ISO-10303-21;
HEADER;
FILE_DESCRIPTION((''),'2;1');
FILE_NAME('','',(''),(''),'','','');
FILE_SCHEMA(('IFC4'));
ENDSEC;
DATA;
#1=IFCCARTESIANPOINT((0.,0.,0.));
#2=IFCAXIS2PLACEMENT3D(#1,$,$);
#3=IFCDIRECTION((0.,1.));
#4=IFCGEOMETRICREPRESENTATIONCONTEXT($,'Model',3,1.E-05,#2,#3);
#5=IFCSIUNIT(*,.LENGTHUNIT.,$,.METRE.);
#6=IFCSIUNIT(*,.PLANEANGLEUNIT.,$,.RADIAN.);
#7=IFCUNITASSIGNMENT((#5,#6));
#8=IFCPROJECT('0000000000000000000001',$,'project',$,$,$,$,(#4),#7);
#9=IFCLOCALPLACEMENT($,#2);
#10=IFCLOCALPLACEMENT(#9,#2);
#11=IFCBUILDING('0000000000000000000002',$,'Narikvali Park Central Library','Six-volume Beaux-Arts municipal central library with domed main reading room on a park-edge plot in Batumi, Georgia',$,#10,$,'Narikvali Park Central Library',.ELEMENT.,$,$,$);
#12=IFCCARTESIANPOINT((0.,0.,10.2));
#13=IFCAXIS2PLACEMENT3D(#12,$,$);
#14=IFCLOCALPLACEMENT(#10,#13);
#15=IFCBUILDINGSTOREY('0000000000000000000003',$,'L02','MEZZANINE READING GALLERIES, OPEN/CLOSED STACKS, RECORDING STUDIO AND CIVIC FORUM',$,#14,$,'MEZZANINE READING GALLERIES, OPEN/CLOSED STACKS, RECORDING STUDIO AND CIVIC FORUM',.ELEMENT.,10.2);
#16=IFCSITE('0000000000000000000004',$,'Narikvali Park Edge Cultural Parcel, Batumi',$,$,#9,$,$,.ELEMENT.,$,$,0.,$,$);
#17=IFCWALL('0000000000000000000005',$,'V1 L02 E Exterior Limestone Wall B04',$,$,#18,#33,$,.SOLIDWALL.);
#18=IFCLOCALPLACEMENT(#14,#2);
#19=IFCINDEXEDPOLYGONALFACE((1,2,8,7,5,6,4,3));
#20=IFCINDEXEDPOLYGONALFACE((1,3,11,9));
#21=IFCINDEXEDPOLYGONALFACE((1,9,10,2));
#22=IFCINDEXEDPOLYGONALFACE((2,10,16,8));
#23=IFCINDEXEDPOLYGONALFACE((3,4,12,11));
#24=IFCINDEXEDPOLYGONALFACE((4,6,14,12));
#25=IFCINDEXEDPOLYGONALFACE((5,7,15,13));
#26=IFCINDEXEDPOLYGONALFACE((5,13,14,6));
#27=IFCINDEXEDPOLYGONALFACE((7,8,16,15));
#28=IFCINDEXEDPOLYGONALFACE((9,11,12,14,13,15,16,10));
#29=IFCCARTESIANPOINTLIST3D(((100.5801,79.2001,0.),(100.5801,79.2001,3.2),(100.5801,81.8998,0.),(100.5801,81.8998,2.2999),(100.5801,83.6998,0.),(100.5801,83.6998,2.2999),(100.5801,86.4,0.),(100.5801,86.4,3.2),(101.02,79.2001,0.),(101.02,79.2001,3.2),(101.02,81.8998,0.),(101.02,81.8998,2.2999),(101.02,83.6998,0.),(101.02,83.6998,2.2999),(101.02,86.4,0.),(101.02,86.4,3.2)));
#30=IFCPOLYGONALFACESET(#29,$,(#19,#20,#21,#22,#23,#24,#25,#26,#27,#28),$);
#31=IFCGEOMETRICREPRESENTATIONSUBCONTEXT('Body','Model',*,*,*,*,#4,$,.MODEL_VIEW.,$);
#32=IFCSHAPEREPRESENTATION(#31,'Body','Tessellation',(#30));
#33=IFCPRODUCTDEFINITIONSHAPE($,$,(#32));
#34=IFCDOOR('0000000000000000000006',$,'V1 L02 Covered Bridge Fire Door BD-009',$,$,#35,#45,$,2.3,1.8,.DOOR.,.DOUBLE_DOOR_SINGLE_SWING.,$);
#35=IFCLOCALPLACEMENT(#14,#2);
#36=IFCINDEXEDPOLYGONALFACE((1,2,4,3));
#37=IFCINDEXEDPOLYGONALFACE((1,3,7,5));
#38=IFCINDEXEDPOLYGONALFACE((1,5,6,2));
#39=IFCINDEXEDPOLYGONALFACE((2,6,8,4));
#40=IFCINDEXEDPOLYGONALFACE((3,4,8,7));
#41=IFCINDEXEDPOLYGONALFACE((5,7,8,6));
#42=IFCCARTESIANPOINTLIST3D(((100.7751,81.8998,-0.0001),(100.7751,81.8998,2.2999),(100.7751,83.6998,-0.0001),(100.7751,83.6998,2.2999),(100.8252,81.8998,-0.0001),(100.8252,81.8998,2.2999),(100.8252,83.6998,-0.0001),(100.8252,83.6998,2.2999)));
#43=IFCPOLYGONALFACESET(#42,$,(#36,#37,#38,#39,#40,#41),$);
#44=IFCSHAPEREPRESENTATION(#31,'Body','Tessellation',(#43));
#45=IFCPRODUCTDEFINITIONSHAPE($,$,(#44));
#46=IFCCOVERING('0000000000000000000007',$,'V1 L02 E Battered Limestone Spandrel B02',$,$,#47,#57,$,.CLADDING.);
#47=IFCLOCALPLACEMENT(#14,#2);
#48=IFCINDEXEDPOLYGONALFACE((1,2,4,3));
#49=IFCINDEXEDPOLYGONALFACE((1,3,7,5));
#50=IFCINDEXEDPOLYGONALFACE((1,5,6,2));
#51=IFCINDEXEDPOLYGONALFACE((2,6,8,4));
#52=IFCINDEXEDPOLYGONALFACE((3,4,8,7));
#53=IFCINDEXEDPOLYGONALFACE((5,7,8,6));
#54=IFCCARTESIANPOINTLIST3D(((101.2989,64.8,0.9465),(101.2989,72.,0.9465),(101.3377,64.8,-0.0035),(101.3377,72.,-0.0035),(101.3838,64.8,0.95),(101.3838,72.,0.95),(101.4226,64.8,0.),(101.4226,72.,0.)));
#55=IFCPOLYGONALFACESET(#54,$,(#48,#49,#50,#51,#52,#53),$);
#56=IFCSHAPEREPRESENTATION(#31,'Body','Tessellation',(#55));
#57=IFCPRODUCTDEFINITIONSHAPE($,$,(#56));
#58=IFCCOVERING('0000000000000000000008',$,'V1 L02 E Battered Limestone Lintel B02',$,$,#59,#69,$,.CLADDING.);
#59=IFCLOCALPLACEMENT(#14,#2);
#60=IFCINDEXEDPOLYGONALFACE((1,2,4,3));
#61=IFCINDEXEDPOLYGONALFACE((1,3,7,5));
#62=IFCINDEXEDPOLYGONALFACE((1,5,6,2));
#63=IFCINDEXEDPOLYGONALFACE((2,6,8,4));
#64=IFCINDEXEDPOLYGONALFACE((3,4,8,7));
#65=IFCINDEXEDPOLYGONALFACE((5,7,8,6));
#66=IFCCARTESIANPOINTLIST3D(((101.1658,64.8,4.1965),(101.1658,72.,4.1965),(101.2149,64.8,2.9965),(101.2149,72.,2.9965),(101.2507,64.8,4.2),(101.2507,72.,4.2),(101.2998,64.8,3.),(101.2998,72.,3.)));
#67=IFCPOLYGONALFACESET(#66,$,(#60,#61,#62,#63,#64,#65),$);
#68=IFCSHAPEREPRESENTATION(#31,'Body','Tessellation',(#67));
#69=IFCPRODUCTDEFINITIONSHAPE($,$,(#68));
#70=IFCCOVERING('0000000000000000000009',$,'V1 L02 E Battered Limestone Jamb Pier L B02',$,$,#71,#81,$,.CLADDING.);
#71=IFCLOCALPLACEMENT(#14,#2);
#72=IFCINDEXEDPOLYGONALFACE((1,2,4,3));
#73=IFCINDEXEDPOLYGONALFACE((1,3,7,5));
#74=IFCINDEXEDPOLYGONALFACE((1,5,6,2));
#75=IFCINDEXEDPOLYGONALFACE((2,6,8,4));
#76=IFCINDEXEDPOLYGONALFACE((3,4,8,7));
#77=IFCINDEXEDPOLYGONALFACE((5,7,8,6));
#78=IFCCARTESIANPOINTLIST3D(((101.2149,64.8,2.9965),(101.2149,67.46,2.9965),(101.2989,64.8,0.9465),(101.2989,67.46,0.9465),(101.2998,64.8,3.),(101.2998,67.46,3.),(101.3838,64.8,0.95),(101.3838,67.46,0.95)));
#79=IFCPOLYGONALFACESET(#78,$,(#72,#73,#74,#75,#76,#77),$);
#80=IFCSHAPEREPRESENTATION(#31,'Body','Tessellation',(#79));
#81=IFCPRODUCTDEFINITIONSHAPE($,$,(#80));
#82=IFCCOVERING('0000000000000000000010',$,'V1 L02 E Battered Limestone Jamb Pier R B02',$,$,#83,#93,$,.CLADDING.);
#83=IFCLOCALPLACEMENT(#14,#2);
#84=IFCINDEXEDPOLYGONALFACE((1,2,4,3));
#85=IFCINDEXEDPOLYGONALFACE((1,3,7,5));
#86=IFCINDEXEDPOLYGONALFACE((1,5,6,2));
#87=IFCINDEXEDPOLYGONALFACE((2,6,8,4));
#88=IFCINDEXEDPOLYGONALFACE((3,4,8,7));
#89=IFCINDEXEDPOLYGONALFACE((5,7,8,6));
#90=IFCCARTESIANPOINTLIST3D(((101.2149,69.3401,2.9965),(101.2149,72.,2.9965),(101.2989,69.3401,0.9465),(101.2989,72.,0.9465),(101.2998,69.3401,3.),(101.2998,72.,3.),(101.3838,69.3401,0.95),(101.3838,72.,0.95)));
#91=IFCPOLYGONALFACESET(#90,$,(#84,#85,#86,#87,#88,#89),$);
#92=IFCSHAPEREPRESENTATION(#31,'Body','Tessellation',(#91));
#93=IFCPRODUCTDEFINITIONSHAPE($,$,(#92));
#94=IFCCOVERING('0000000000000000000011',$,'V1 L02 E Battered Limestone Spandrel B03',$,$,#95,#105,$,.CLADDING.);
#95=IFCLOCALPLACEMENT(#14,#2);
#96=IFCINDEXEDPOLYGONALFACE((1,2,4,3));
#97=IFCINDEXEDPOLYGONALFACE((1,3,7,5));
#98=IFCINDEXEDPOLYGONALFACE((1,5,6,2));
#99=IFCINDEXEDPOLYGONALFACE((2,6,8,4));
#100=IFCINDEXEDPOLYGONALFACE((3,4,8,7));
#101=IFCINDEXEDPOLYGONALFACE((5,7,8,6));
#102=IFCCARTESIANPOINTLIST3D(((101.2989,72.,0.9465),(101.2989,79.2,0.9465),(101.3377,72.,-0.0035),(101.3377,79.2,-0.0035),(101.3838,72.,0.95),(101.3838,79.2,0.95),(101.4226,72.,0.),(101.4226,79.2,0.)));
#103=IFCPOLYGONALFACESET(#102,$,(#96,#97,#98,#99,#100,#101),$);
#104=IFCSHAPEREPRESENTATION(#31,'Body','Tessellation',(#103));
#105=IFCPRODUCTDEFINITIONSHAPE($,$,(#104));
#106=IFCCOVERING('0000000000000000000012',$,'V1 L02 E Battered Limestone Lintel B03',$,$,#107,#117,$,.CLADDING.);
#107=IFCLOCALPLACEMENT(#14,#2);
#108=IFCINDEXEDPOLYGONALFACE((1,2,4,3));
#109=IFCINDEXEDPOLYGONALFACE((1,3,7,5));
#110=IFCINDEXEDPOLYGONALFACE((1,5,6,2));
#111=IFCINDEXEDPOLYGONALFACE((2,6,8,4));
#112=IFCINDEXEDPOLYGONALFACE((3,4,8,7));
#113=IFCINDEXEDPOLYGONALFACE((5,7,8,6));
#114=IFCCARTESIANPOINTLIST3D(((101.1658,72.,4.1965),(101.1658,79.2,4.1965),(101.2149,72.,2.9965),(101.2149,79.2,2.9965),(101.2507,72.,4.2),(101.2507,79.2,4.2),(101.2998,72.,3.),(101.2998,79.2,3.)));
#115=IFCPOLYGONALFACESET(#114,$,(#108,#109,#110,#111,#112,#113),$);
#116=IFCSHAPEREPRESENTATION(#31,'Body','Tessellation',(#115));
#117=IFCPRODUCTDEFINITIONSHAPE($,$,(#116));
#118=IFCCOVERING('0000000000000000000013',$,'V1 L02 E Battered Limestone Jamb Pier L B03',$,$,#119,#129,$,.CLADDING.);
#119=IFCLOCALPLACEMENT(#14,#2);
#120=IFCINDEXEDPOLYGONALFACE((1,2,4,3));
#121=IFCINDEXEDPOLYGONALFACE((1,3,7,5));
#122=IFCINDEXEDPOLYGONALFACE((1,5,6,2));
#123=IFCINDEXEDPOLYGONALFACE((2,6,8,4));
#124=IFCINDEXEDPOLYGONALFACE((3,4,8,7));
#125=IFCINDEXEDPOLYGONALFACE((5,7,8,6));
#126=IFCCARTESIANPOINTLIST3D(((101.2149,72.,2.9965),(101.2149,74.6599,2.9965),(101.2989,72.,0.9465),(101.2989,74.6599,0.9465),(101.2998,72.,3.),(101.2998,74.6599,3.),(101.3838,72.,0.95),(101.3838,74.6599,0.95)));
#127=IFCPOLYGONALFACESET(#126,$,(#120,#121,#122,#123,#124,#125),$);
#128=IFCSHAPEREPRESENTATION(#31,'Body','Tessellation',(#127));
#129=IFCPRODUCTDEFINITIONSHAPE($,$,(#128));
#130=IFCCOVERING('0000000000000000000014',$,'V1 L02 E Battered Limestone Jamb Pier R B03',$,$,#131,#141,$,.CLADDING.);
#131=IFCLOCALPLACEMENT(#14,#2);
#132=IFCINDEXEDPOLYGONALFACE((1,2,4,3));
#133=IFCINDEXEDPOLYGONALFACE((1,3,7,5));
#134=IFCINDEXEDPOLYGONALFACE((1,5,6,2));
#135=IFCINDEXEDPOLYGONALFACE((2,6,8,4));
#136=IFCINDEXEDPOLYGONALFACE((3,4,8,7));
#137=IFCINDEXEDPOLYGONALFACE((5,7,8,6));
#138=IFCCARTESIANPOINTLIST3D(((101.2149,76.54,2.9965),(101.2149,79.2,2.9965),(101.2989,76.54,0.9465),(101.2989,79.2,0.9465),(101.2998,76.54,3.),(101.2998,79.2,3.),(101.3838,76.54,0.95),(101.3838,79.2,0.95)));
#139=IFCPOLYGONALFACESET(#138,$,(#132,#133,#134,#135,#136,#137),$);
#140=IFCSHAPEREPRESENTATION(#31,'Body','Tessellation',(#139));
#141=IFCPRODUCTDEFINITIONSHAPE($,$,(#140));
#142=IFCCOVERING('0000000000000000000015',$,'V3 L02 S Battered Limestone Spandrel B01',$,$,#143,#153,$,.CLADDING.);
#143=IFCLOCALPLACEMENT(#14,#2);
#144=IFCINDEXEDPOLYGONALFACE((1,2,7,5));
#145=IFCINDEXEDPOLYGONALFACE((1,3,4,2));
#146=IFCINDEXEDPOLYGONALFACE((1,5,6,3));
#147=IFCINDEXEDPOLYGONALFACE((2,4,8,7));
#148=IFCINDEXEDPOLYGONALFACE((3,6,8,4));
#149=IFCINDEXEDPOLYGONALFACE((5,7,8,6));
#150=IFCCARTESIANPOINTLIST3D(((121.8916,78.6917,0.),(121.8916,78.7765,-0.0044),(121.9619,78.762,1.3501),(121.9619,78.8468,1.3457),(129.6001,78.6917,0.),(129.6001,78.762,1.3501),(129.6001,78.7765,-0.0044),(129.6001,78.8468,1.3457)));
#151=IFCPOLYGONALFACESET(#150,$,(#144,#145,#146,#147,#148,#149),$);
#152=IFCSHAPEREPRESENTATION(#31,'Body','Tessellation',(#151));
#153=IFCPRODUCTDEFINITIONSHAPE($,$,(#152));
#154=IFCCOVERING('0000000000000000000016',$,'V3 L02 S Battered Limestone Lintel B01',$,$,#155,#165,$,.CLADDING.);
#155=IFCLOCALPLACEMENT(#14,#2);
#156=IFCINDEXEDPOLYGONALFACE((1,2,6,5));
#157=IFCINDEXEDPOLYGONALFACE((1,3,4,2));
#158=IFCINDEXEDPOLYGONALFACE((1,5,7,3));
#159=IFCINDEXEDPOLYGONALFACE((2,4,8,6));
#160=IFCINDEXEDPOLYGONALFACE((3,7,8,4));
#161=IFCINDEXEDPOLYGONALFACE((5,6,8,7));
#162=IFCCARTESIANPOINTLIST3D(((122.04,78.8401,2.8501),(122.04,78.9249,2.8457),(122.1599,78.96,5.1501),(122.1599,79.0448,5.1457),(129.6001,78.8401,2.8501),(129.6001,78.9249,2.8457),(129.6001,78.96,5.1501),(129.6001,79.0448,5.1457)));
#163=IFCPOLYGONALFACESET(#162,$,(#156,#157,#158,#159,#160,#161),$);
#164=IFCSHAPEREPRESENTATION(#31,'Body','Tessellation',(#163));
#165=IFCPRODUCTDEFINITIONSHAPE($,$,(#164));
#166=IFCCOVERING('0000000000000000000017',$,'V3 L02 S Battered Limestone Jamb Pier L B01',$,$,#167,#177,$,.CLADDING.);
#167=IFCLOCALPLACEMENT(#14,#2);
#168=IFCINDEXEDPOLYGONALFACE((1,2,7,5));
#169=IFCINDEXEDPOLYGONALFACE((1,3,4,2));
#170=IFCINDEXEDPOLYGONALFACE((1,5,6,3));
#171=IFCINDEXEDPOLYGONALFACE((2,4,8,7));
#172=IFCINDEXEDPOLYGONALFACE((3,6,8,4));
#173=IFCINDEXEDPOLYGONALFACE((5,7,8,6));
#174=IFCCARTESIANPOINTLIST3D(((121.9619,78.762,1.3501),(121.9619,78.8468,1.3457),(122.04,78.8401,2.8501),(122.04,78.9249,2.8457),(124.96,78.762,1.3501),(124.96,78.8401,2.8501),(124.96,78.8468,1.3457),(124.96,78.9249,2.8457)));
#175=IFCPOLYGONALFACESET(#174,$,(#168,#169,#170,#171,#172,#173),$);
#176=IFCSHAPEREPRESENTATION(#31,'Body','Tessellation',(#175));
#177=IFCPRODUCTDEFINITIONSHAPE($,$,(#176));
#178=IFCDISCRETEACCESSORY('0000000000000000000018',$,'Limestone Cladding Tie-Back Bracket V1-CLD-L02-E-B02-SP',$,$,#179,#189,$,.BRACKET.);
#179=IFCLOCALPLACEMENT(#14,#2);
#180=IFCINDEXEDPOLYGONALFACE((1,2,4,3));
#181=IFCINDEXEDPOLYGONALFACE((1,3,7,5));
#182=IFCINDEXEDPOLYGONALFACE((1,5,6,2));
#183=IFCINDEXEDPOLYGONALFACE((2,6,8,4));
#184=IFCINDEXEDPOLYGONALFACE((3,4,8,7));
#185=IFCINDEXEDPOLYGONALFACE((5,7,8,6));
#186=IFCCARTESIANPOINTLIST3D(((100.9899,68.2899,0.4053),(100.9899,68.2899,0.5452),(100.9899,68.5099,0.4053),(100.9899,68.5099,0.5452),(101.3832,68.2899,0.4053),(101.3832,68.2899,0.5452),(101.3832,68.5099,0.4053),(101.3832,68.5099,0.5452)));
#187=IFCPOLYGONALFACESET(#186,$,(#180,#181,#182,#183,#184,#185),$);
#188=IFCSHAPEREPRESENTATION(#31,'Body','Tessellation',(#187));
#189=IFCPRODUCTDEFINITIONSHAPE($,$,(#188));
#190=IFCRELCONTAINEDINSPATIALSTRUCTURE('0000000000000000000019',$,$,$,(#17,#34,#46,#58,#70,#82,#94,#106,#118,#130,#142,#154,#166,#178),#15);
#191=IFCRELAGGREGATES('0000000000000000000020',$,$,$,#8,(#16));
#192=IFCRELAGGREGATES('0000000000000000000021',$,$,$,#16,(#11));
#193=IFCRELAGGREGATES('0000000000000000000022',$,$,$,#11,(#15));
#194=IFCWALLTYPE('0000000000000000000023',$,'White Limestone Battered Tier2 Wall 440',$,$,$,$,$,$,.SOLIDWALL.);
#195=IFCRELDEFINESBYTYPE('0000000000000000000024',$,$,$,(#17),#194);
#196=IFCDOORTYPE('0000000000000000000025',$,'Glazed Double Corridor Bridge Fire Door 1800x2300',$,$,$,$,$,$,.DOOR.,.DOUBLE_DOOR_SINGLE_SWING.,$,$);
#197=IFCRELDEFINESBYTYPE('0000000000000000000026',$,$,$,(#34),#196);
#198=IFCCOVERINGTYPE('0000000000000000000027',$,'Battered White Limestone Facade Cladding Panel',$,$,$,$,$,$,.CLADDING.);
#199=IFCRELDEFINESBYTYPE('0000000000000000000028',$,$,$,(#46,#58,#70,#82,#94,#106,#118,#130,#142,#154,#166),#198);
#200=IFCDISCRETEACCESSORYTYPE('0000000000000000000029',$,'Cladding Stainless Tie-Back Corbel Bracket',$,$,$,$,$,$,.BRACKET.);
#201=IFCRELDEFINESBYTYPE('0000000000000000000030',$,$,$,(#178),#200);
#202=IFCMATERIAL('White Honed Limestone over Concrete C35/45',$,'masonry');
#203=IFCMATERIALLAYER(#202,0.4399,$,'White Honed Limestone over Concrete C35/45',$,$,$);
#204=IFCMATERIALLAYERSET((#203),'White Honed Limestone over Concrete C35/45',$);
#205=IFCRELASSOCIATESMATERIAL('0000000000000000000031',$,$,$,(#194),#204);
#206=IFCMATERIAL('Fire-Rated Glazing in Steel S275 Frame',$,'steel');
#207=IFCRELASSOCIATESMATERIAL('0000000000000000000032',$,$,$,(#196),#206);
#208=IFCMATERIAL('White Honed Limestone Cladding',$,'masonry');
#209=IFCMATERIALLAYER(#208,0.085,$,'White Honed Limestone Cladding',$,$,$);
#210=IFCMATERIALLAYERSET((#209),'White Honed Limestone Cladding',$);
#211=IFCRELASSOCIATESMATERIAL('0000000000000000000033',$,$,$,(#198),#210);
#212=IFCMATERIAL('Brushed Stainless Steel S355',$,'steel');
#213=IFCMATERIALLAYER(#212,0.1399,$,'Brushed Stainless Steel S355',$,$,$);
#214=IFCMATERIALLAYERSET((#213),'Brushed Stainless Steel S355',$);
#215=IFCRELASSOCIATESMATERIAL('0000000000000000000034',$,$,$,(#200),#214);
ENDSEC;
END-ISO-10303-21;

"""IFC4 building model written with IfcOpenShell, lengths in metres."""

from ifc_helpers import new_model, si_unit, direction, frame, frame_2d, origin, origin_2d, place, context, subcontext, project, spatial, polyline, rectangle, outline, extrude, material, layer, layer_set, type_object, element, fill, save


model = new_model("IFC4")

# Units and contexts
model_context = context("Model", 3, precision=1e-05, world=origin(), true_north=direction((0.0, 1.0)))
body_context = subcontext(model_context, "Body", "Model", "MODEL_VIEW")
ifc_project = project(units=[si_unit("LENGTHUNIT", "METRE"), si_unit("PLANEANGLEUNIT", "RADIAN")], contexts=[model_context])

# Site, building, storey
site_placement = place(None, origin())
site = spatial("IfcSite", under=ifc_project, at=site_placement, Name="Narikvali Park Edge Cultural Parcel, Batumi", CompositionType="ELEMENT", RefElevation=0.0)
building_placement = place(site_placement, origin())
building = spatial("IfcBuilding", under=site, at=building_placement, Name="Narikvali Park Central Library", Description="Six-volume Beaux-Arts municipal central library with domed main reading room on a park-edge plot in Batumi, Georgia", LongName="Narikvali Park Central Library", CompositionType="ELEMENT")
storey_placement = place(building_placement, frame((0.0, 0.0, 10.2)))
storey = spatial("IfcBuildingStorey", under=building, at=storey_placement, Name="L02", Description="MEZZANINE READING GALLERIES, OPEN/CLOSED STACKS, RECORDING STUDIO AND CIVIC FORUM", LongName="MEZZANINE READING GALLERIES, OPEN/CLOSED STACKS, RECORDING STUDIO AND CIVIC FORUM", CompositionType="ELEMENT", Elevation=10.2)

# Wall, opening, door
ifc_material_1 = material(Name="White Honed Limestone over Concrete C35/45", Category="masonry")
ifc_layer_1 = layer(ifc_material_1, 0.4399, Name="White Honed Limestone over Concrete C35/45")
ifc_layer_set_1 = layer_set([ifc_layer_1], Name="White Honed Limestone over Concrete C35/45")
wall_type = type_object("IfcWallType", Name="White Limestone Battered Tier2 Wall 440", PredefinedType="SOLIDWALL", material=ifc_layer_set_1)
wall_placement = place(storey_placement, frame((100.8, 79.2, 0.0), z_axis=(0.0, 0.0, 1.0), x_axis=(0.0, 1.0, 0.0)))
wall = element("IfcWall", 1, at=wall_placement, inside=storey, type_object=wall_type, Name="V1 L02 E Exterior Limestone Wall B04", PredefinedType="SOLIDWALL", context=body_context, shape_type="SweptSolid", body=[
    extrude(rectangle(XDim=7.2, YDim=0.4399, at=frame_2d((3.6001, 0.0))), origin(), (0.0, 0.0, 1.0), 3.2),
])
opening_placement = place(wall_placement, frame((2.7, 0.0, 0.0)))
opening = element("IfcOpeningElement", 2, at=opening_placement, cuts=wall, PredefinedType="OPENING", context=body_context, shape_type="SweptSolid", body=[
    extrude(rectangle(XDim=1.8, YDim=2.3, at=frame_2d((0.8999, 1.1499))), frame((0.0, 0.2319, 0.0), z_axis=(0.0, -1.0, 0.0), x_axis=(1.0, 0.0, 0.0)), (0.0, 0.0, 1.0), 0.4639),
])
ifc_material_2 = material(Name="Fire-Rated Glazing in Steel S275 Frame", Category="steel")
door_type = type_object("IfcDoorType", Name="Glazed Double Corridor Bridge Fire Door 1800x2300", OperationType="DOUBLE_DOOR_SINGLE_SWING", PredefinedType="DOOR", material=ifc_material_2)
door_placement = place(opening_placement, origin())
door = element("IfcDoor", 3, at=door_placement, inside=storey, type_object=door_type, Name="V1 L02 Covered Bridge Fire Door BD-009", OperationType="DOUBLE_DOOR_SINGLE_SWING", OverallHeight=2.3, OverallWidth=1.8, PredefinedType="DOOR", context=body_context, shape_type="SweptSolid", body=[
    extrude(rectangle(XDim=1.8, YDim=2.3, at=frame_2d((0.8999, 1.1499))), frame((0.0, 0.0249, 0.0), z_axis=(0.0, -1.0, 0.0), x_axis=(1.0, 0.0, 0.0)), (0.0, 0.0, 1.0), 0.05),
])
fill(opening, door)

# Coverings
ifc_material_3 = material(Name="White Honed Limestone Cladding", Category="masonry")
ifc_layer_2 = layer(ifc_material_3, 0.085, Name="White Honed Limestone Cladding")
ifc_layer_set_2 = layer_set([ifc_layer_2], Name="White Honed Limestone Cladding")
covering_type = type_object("IfcCoveringType", Name="Battered White Limestone Facade Cladding Panel", PredefinedType="CLADDING", material=ifc_layer_set_2)
covering_1_placement = place(storey_placement, frame((101.4226, 64.8, 0.0), z_axis=(0.999166, 0.0, 0.040829), x_axis=(0.0, 1.0, 0.0)))
element("IfcCovering", 4, at=covering_1_placement, inside=storey, type_object=covering_type, Name="V1 L02 E Battered Limestone Spandrel B02", PredefinedType="CLADDING", context=body_context, shape_type="SweptSolid", body=[
    extrude(outline(polyline([(0.0, 0.0), (7.2, 0.0), (7.2, 0.9507), (0.0, 0.9507), (0.0, 0.0)])), origin(), (0.0, 0.0, -1.0), 0.085),
])
covering_2_placement = place(storey_placement, frame((101.2998, 64.8, 3.0), z_axis=(0.999165, 0.0, 0.040861), x_axis=(0.0, 1.0, 0.0)))
element("IfcCovering", 5, at=covering_2_placement, inside=storey, type_object=covering_type, Name="V1 L02 E Battered Limestone Lintel B02", PredefinedType="CLADDING", context=body_context, shape_type="SweptSolid", body=[
    extrude(outline(polyline([(0.0, 0.0), (7.2, 0.0), (7.2, 1.201), (0.0, 1.201), (0.0, 0.0)])), origin(), (0.0, 0.0, -1.0), 0.085),
])
for number, where, z_axis, x_axis, name in (
    (6, (101.3838, 64.8, 0.95), (0.999162, 0.0, 0.040933), (0.0, 1.0, 0.0), "V1 L02 E Battered Limestone Jamb Pier L B02"),
    (7, (101.3838, 69.3401, 0.95), (0.999162, 0.0, 0.040933), (0.0, 1.0, 0.0), "V1 L02 E Battered Limestone Jamb Pier R B02"),
):
    element("IfcCovering", number, at=place(storey_placement, frame(where, z_axis=z_axis, x_axis=x_axis)), inside=storey, type_object=covering_type, Name=name, PredefinedType="CLADDING", context=body_context, shape_type="SweptSolid", body=[
        extrude(outline(polyline([(0.0, 0.0), (2.6599, 0.0), (2.6599, 2.0518), (0.0, 2.0518), (0.0, 0.0)])), origin(), (0.0, 0.0, -1.0), 0.085),
    ])
covering_3_placement = place(storey_placement, frame((101.4226, 72.0, 0.0), z_axis=(0.999166, 0.0, 0.040829), x_axis=(0.0, 1.0, 0.0)))
element("IfcCovering", 8, at=covering_3_placement, inside=storey, type_object=covering_type, Name="V1 L02 E Battered Limestone Spandrel B03", PredefinedType="CLADDING", context=body_context, shape_type="SweptSolid", body=[
    extrude(outline(polyline([(0.0, 0.0), (7.2, 0.0), (7.2, 0.9507), (0.0, 0.9507), (0.0, 0.0)])), origin(), (0.0, 0.0, -1.0), 0.085),
])
covering_4_placement = place(storey_placement, frame((101.2998, 72.0, 3.0), z_axis=(0.999165, 0.0, 0.040861), x_axis=(0.0, 1.0, 0.0)))
element("IfcCovering", 9, at=covering_4_placement, inside=storey, type_object=covering_type, Name="V1 L02 E Battered Limestone Lintel B03", PredefinedType="CLADDING", context=body_context, shape_type="SweptSolid", body=[
    extrude(outline(polyline([(0.0, 0.0), (7.2, 0.0), (7.2, 1.201), (0.0, 1.201), (0.0, 0.0)])), origin(), (0.0, 0.0, -1.0), 0.085),
])
for number, where, z_axis, x_axis, name in (
    (10, (101.3838, 72.0, 0.95), (0.999162, 0.0, 0.040933), (0.0, 1.0, 0.0), "V1 L02 E Battered Limestone Jamb Pier L B03"),
    (11, (101.3838, 76.54, 0.95), (0.999162, 0.0, 0.040933), (0.0, 1.0, 0.0), "V1 L02 E Battered Limestone Jamb Pier R B03"),
):
    element("IfcCovering", number, at=place(storey_placement, frame(where, z_axis=z_axis, x_axis=x_axis)), inside=storey, type_object=covering_type, Name=name, PredefinedType="CLADDING", context=body_context, shape_type="SweptSolid", body=[
        extrude(outline(polyline([(0.0, 0.0), (2.6599, 0.0), (2.6599, 2.0518), (0.0, 2.0518), (0.0, 0.0)])), origin(), (0.0, 0.0, -1.0), 0.085),
    ])
covering_5_placement = place(storey_placement, frame((121.8916, 78.6917, 0.0), z_axis=(0.0, -0.998647, 0.052009), x_axis=(1.0, 0.0, 0.0)))
element("IfcCovering", 12, at=covering_5_placement, inside=storey, type_object=covering_type, Name="V3 L02 S Battered Limestone Spandrel B01", PredefinedType="CLADDING", context=body_context, shape_type="SweptSolid", body=[
    extrude(outline(polyline([(0.0, 0.0), (7.7085, 0.0), (7.7085, 1.3519), (0.0703, 1.3519), (0.0, 0.0)])), origin(), (0.0, 0.0, -1.0), 0.085),
])
covering_6_placement = place(storey_placement, frame((122.04, 78.8401, 2.8501), z_axis=(0.0, -0.998645, 0.052047), x_axis=(1.0, 0.0, 0.0)))
element("IfcCovering", 13, at=covering_6_placement, inside=storey, type_object=covering_type, Name="V3 L02 S Battered Limestone Lintel B01", PredefinedType="CLADDING", context=body_context, shape_type="SweptSolid", body=[
    extrude(outline(polyline([(0.0, 0.0), (7.5601, 0.0), (7.5601, 2.3032), (0.1199, 2.3032), (0.0, 0.0)])), origin(), (0.0, 0.0, -1.0), 0.085),
])
covering_7_placement = place(storey_placement, frame((121.9619, 78.762, 1.3501), z_axis=(0.0, -0.998646, 0.052013), x_axis=(1.0, 0.0, 0.0)))
element("IfcCovering", 14, at=covering_7_placement, inside=storey, type_object=covering_type, Name="V3 L02 S Battered Limestone Jamb Pier L B01", PredefinedType="CLADDING", context=body_context, shape_type="SweptSolid", body=[
    extrude(outline(polyline([(0.0, 0.0), (2.998, 0.0), (2.998, 1.502), (0.0781, 1.502), (0.0, 0.0)])), origin(), (0.0, 0.0, -1.0), 0.085),
])

# Discrete accessory
ifc_material_4 = material(Name="Brushed Stainless Steel S355", Category="steel")
ifc_layer_3 = layer(ifc_material_4, 0.1399, Name="Brushed Stainless Steel S355")
ifc_layer_set_3 = layer_set([ifc_layer_3], Name="Brushed Stainless Steel S355")
discrete_accessory_type_1 = type_object("IfcDiscreteAccessoryType", Name="Cladding Stainless Tie-Back Corbel Bracket", PredefinedType="BRACKET", material=ifc_layer_set_3)
discrete_accessory_1_placement = place(storey_placement, frame((101.1865, 68.3999, 0.4053), z_axis=(0.0, 0.0, 1.0), x_axis=(1.0, 0.0, 0.0)))
element("IfcDiscreteAccessory", 15, at=discrete_accessory_1_placement, inside=storey, type_object=discrete_accessory_type_1, Name="Limestone Cladding Tie-Back Bracket V1-CLD-L02-E-B02-SP", PredefinedType="BRACKET", context=body_context, shape_type="SweptSolid", body=[
    extrude(rectangle(XDim=0.3933, YDim=0.22, at=origin_2d()), origin(), (0.0, 0.0, 1.0), 0.1399),
])

save(model, "model.ifc")
